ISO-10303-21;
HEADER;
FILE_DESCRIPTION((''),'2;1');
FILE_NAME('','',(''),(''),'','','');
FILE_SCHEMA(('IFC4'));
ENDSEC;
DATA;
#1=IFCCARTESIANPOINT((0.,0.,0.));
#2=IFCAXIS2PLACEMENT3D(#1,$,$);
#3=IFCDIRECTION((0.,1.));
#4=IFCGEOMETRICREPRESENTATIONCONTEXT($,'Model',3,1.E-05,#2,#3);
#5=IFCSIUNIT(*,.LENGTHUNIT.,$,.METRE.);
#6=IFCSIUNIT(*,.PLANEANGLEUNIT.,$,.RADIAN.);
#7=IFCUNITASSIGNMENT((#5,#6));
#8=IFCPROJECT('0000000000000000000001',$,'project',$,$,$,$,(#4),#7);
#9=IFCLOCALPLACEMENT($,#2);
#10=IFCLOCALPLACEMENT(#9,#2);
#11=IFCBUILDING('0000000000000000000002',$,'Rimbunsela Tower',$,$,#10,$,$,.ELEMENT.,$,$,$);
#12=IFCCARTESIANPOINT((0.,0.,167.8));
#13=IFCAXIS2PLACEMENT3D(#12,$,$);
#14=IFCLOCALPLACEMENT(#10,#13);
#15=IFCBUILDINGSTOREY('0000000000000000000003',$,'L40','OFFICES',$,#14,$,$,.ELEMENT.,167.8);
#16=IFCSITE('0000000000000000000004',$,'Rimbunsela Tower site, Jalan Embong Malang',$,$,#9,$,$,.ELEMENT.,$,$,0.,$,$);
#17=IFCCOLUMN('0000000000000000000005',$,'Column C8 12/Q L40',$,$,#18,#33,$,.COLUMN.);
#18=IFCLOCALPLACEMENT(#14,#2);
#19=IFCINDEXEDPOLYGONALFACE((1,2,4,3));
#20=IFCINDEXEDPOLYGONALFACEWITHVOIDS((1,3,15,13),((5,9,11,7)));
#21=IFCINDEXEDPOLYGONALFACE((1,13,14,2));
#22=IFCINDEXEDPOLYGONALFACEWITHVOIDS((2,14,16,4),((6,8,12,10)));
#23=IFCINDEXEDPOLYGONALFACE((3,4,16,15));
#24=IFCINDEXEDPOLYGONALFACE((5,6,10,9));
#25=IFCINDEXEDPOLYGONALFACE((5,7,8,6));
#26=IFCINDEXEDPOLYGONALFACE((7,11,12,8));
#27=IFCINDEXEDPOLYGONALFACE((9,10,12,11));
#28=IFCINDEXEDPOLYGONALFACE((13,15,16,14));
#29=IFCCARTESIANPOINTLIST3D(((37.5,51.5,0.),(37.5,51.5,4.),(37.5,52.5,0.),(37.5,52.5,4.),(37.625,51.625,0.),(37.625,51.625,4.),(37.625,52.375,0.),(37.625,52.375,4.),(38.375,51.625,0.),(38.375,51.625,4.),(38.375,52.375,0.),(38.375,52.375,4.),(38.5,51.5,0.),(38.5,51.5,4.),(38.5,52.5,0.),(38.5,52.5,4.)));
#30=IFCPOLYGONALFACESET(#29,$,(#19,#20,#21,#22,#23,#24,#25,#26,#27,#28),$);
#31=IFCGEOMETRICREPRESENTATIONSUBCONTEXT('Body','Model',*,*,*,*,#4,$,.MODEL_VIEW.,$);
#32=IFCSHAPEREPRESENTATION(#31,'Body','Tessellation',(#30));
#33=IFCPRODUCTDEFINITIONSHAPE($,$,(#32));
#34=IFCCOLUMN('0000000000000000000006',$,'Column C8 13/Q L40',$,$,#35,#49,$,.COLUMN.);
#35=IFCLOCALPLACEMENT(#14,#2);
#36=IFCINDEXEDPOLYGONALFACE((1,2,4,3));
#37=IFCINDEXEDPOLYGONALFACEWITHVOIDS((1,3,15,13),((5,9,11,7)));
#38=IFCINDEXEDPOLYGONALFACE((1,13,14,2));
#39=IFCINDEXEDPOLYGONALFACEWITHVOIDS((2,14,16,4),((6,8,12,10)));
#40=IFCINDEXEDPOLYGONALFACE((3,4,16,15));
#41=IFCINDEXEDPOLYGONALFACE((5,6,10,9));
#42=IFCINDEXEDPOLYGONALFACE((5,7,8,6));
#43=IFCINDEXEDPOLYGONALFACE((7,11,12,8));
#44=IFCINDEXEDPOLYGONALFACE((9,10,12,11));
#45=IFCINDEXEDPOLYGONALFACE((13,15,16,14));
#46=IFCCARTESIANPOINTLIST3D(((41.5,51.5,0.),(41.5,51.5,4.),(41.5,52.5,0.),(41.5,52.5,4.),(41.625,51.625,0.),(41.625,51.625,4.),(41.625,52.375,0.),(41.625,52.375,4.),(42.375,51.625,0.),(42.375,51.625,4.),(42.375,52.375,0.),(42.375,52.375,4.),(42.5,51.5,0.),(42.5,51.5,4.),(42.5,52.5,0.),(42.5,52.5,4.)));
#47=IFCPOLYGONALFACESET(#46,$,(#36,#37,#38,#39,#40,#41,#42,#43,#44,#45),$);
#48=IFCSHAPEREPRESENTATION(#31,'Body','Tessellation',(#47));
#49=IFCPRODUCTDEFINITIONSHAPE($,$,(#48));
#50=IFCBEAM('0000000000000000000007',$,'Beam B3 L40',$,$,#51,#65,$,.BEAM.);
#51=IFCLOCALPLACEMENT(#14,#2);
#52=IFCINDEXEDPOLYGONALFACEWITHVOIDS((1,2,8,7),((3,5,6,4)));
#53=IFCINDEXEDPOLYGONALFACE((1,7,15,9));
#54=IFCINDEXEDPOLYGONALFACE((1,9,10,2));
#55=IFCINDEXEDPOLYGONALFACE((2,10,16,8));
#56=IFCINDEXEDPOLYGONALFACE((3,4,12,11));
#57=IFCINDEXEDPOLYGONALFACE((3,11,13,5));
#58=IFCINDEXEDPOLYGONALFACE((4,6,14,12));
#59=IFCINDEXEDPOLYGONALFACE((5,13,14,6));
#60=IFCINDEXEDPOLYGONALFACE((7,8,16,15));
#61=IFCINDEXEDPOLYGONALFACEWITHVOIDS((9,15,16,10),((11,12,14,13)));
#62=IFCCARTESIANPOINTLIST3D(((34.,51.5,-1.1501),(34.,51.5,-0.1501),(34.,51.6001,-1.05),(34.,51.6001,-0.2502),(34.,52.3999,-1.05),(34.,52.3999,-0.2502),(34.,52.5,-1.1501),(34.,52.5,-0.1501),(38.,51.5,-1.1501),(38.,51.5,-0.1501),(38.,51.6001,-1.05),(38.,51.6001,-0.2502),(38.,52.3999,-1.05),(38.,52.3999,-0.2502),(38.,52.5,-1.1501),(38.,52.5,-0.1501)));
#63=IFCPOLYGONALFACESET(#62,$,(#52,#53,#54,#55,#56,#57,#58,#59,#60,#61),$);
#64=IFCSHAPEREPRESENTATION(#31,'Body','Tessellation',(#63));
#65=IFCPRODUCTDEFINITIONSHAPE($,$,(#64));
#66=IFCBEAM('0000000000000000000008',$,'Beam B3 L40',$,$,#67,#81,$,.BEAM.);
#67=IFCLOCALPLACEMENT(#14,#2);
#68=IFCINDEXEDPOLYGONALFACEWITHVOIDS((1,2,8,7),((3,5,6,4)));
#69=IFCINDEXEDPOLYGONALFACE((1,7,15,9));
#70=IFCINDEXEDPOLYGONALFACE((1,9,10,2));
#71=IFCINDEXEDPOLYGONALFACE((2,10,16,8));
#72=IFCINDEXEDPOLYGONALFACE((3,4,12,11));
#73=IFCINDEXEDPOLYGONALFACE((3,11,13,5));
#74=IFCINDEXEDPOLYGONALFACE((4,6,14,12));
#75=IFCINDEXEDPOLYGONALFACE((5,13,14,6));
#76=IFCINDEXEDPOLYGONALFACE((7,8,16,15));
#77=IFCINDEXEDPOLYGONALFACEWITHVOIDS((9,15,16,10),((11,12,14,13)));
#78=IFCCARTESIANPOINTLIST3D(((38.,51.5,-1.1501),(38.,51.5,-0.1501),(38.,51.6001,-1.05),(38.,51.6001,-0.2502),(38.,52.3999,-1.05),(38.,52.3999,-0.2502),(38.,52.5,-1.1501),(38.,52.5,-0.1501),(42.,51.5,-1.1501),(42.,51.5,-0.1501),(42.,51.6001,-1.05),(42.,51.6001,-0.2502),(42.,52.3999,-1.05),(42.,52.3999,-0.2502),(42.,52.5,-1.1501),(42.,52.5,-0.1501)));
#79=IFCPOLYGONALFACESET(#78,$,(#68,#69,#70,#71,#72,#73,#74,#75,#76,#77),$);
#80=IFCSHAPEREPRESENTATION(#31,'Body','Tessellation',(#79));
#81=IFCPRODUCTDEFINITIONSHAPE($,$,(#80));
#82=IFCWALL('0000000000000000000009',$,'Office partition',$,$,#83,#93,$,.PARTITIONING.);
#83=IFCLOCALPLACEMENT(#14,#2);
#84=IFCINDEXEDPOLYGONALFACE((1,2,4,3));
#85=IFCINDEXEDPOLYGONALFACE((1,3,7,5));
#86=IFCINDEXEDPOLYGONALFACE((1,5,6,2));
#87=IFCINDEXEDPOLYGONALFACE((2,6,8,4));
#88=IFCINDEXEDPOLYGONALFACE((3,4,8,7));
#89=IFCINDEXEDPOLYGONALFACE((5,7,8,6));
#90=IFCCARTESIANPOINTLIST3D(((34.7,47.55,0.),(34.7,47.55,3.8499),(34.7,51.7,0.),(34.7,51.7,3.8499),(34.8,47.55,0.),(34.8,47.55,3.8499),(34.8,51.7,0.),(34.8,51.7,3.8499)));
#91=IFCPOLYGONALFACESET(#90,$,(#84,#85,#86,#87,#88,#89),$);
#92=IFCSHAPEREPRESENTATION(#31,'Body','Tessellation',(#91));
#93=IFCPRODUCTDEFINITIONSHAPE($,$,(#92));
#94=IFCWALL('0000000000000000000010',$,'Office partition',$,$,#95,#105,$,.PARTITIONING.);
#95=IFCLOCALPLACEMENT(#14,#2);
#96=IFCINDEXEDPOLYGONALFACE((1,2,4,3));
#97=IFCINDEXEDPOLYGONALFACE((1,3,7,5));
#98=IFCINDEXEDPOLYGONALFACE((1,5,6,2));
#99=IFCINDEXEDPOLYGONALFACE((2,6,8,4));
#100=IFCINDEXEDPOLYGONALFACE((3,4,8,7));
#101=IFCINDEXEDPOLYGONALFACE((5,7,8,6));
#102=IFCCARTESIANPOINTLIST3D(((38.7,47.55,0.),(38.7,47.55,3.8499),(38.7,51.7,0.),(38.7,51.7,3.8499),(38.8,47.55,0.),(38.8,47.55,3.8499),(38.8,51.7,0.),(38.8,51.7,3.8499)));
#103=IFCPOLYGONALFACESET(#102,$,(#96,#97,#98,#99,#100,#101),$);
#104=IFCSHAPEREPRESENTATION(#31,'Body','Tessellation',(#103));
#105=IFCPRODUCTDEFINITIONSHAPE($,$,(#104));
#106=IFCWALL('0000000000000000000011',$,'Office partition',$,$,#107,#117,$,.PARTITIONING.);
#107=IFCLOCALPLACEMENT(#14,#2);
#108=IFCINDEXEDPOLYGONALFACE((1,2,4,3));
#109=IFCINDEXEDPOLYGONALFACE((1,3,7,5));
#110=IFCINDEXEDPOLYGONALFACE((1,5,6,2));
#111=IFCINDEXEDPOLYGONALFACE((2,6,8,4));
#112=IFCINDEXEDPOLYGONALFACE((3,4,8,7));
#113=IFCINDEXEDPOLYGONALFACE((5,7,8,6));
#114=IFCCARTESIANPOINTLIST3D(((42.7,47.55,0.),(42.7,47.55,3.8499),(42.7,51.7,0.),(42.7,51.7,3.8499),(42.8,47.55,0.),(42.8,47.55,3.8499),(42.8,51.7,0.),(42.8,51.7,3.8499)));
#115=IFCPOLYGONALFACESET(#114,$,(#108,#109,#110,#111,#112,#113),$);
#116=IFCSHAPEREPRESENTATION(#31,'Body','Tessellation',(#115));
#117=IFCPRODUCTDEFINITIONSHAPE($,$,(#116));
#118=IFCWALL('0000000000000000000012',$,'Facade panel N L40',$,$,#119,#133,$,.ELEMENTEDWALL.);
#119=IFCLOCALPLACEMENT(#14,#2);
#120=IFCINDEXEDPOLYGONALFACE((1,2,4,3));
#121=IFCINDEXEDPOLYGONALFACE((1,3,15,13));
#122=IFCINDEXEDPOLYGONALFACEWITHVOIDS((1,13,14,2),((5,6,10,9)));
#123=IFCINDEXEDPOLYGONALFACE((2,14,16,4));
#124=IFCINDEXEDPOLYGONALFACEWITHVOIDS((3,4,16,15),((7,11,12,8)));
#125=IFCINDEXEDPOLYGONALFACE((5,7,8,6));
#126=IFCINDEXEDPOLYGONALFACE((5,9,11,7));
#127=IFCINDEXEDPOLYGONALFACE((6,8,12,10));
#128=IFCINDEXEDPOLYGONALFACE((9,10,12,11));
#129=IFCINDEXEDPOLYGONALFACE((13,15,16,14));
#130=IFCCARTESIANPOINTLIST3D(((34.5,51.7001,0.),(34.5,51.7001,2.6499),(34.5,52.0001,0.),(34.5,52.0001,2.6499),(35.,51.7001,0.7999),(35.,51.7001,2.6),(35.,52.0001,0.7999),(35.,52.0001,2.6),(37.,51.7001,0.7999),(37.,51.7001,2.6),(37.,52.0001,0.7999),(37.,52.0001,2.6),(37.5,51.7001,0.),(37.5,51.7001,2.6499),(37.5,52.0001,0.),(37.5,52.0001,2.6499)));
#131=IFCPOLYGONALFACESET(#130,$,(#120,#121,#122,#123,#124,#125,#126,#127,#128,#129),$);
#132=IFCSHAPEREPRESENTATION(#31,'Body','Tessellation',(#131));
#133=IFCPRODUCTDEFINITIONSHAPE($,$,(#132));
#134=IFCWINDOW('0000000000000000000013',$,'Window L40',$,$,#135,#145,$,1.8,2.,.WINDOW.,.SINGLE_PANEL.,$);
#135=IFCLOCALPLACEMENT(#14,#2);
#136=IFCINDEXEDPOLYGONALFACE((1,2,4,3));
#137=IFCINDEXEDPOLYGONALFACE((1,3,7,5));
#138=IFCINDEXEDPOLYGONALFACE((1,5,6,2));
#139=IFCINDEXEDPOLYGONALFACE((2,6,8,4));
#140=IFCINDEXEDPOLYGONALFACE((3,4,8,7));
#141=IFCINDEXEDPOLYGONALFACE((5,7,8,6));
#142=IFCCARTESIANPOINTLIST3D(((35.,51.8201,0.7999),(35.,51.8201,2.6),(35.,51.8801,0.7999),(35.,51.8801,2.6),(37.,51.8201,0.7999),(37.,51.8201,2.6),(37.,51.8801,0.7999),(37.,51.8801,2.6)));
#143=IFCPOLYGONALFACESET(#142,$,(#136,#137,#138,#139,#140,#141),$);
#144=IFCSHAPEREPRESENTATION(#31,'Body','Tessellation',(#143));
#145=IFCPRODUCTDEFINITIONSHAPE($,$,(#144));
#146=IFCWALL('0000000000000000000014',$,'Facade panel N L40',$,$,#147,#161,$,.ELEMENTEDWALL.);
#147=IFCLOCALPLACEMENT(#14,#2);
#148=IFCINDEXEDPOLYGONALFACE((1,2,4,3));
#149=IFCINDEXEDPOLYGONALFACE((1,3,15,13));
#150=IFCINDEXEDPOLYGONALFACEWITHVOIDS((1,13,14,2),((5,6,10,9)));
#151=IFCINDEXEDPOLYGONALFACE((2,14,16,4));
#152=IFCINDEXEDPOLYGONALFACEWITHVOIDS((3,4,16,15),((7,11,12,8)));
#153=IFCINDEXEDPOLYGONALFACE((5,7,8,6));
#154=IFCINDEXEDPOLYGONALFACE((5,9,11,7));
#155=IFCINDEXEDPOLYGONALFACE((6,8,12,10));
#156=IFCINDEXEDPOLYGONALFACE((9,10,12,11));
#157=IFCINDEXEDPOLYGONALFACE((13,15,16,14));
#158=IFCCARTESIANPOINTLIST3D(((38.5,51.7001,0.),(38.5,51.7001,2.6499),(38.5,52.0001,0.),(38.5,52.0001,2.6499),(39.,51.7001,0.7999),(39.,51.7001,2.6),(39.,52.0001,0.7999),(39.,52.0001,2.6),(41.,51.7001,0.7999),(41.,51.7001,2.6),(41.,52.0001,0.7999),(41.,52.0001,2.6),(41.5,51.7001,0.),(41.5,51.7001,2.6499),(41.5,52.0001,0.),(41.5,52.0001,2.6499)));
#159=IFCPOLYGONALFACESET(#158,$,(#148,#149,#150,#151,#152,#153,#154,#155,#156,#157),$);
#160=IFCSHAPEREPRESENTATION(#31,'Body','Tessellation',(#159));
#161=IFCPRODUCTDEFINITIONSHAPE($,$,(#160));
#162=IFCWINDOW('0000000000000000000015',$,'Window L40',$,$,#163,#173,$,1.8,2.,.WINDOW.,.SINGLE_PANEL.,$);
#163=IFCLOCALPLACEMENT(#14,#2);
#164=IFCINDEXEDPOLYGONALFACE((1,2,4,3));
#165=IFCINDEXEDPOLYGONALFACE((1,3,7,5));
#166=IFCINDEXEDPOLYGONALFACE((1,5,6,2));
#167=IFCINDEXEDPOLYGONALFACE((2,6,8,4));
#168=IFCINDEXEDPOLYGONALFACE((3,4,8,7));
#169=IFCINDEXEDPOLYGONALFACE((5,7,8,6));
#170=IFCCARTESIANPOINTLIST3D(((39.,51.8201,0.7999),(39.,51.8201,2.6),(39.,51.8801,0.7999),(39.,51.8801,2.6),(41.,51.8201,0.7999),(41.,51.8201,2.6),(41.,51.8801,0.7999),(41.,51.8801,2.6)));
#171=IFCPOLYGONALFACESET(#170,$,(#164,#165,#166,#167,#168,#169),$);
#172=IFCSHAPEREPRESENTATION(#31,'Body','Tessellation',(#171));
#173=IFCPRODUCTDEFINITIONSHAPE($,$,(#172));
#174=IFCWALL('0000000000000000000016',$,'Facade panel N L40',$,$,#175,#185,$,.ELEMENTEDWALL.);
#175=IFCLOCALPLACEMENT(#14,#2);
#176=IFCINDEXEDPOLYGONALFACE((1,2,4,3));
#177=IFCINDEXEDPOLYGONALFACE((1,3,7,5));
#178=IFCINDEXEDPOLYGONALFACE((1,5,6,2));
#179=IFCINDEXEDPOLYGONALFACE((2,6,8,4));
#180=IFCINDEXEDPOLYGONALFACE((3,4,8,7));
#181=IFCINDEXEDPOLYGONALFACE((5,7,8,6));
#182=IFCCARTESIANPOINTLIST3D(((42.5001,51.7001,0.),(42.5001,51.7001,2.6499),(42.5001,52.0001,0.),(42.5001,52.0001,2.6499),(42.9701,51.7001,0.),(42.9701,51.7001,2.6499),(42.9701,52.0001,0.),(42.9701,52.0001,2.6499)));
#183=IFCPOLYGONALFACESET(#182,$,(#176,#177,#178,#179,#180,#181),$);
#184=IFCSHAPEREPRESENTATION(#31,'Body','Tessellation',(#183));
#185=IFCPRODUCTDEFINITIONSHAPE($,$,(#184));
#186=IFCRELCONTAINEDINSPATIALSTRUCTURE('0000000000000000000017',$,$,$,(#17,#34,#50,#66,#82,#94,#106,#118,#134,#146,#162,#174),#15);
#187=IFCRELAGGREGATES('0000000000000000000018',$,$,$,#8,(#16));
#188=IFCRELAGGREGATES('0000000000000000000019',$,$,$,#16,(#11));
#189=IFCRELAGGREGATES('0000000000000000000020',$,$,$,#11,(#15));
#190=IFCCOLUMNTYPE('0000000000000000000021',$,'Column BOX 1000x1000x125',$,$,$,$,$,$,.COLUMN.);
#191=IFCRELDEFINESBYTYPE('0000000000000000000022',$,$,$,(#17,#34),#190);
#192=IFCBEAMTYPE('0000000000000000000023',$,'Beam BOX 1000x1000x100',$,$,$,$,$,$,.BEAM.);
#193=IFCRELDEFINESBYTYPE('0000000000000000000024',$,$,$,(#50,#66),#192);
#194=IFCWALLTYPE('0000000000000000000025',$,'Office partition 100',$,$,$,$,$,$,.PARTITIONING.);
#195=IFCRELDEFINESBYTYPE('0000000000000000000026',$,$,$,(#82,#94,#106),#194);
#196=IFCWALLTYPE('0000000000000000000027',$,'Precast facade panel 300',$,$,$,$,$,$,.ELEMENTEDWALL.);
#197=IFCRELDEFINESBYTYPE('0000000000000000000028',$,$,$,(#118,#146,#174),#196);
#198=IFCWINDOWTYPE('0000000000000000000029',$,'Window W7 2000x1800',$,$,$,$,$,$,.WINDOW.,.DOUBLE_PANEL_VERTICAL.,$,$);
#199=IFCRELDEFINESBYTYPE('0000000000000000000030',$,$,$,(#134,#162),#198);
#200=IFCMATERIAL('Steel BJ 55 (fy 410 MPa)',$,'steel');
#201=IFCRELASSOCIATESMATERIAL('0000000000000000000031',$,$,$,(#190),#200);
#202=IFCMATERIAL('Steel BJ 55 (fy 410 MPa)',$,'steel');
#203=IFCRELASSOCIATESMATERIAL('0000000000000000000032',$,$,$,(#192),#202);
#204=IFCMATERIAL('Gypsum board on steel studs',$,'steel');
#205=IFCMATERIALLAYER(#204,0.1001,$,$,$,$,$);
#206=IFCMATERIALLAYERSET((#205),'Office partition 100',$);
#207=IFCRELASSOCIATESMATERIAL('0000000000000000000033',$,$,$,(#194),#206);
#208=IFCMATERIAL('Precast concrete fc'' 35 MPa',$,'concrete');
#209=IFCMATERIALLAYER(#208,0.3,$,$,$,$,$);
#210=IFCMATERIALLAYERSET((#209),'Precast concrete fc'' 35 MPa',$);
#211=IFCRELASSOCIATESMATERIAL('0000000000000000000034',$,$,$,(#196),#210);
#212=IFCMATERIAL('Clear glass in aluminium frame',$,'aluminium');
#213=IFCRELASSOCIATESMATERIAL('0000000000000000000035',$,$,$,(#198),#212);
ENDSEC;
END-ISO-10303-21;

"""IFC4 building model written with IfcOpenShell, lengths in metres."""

from ifc_helpers import new_model, si_unit, direction, frame, frame_2d, origin, origin_2d, place, context, subcontext, project, spatial, rectangle, hollow_rectangle, extrude, material, layer, layer_set, material_profile, profile_set, type_object, element, fill, save


model = new_model("IFC4")

# Units and contexts
model_context = context("Model", 3, precision=1e-05, world=origin(), true_north=direction((0.0, 1.0)))
body_context = subcontext(model_context, "Body", "Model", "MODEL_VIEW")
ifc_project = project(units=[si_unit("LENGTHUNIT", "METRE"), si_unit("PLANEANGLEUNIT", "RADIAN")], contexts=[model_context])

# Site, building, storey
site_placement = place(None, origin())
site = spatial("IfcSite", under=ifc_project, at=site_placement, Name="Rimbunsela Tower site, Jalan Embong Malang", CompositionType="ELEMENT", RefElevation=0.0)
building_placement = place(site_placement, origin())
building = spatial("IfcBuilding", under=site, at=building_placement, Name="Rimbunsela Tower", CompositionType="ELEMENT")
storey_placement = place(building_placement, frame((0.0, 0.0, 167.8)))
storey = spatial("IfcBuildingStorey", under=building, at=storey_placement, Name="L40", Description="OFFICES", CompositionType="ELEMENT", Elevation=167.8)

# Columns
ifc_material_1 = material(Name="Steel BJ 55 (fy 410 MPa)", Category="steel")
ifc_material_profile_1 = material_profile(ifc_material_1, hollow_rectangle(XDim=1.0, YDim=1.0, WallThickness=0.125, at=origin_2d()), Name="BOX 1000x1000x125")
ifc_profile_set_1 = profile_set([ifc_material_profile_1], Name="Steel BJ 55 (fy 410 MPa)")
column_type = type_object("IfcColumnType", Name="Column BOX 1000x1000x125", PredefinedType="COLUMN", material=ifc_profile_set_1)
for number, where, z_axis, x_axis, name in (
    (1, (38.0, 52.0, 0.0), (0.0, 0.0, 1.0), (1.0, 0.0, 0.0), "Column C8 12/Q L40"),
    (2, (42.0, 52.0, 0.0), (0.0, 0.0, 1.0), (1.0, 0.0, 0.0), "Column C8 13/Q L40"),
):
    element("IfcColumn", number, at=place(storey_placement, frame(where, z_axis=z_axis, x_axis=x_axis)), inside=storey, type_object=column_type, Name=name, PredefinedType="COLUMN", context=body_context, shape_type="SweptSolid", body=[
        extrude(hollow_rectangle(XDim=1.0, YDim=1.0, WallThickness=0.125, at=origin_2d()), origin(), (0.0, 0.0, 1.0), 4.0),
    ])

# Beams
ifc_material_2 = material(Name="Steel BJ 55 (fy 410 MPa)", Category="steel")
ifc_material_profile_2 = material_profile(ifc_material_2, hollow_rectangle(XDim=1.0, YDim=1.0, WallThickness=0.1001, at=origin_2d()), Name="BOX 1000x1000x100")
ifc_profile_set_2 = profile_set([ifc_material_profile_2], Name="Steel BJ 55 (fy 410 MPa)")
beam_type = type_object("IfcBeamType", Name="Beam BOX 1000x1000x100", PredefinedType="BEAM", material=ifc_profile_set_2)
for number, where, z_axis, x_axis, name in (
    (3, (34.0, 52.0, -0.6501), (1.0, 0.0, 0.0), (0.0, 1.0, 0.0), "Beam B3 L40"),
    (4, (38.0, 52.0, -0.6501), (1.0, 0.0, 0.0), (0.0, 1.0, 0.0), "Beam B3 L40"),
):
    element("IfcBeam", number, at=place(storey_placement, frame(where, z_axis=z_axis, x_axis=x_axis)), inside=storey, type_object=beam_type, Name=name, PredefinedType="BEAM", context=body_context, shape_type="SweptSolid", body=[
        extrude(hollow_rectangle(XDim=1.0, YDim=1.0, WallThickness=0.1001, at=origin_2d()), origin(), (0.0, 0.0, 1.0), 4.0),
    ])

# Walls
ifc_material_3 = material(Name="Gypsum board on steel studs", Category="steel")
ifc_layer_1 = layer(ifc_material_3, 0.1001)
ifc_layer_set_1 = layer_set([ifc_layer_1], Name="Office partition 100")
wall_type_1 = type_object("IfcWallType", Name="Office partition 100", PredefinedType="PARTITIONING", material=ifc_layer_set_1)
for number, where, z_axis, x_axis, name in (
    (5, (34.75, 47.55, 0.0), (0.0, 0.0, 1.0), (0.0, 1.0, 0.0), "Office partition"),
    (6, (38.75, 47.55, 0.0), (0.0, 0.0, 1.0), (0.0, 1.0, 0.0), "Office partition"),
    (7, (42.75, 47.55, 0.0), (0.0, 0.0, 1.0), (0.0, 1.0, 0.0), "Office partition"),
):
    element("IfcWall", number, at=place(storey_placement, frame(where, z_axis=z_axis, x_axis=x_axis)), inside=storey, type_object=wall_type_1, Name=name, PredefinedType="PARTITIONING", context=body_context, shape_type="SweptSolid", body=[
        extrude(rectangle(XDim=4.1499, YDim=0.1001, at=frame_2d((2.075, 0.0))), origin(), (0.0, 0.0, 1.0), 3.8499),
    ])

# Walls, openings, windows
ifc_material_4 = material(Name="Precast concrete fc' 35 MPa", Category="concrete")
ifc_layer_2 = layer(ifc_material_4, 0.3)
ifc_layer_set_2 = layer_set([ifc_layer_2], Name="Precast concrete fc' 35 MPa")
wall_type_2 = type_object("IfcWallType", Name="Precast facade panel 300", PredefinedType="ELEMENTEDWALL", material=ifc_layer_set_2)
wall_1_placement = place(storey_placement, frame((37.5, 51.8501, 0.0), z_axis=(0.0, 0.0, 1.0), x_axis=(-1.0, 0.0, 0.0)))
wall_1 = element("IfcWall", 8, at=wall_1_placement, inside=storey, type_object=wall_type_2, Name="Facade panel N L40", PredefinedType="ELEMENTEDWALL", context=body_context, shape_type="SweptSolid", body=[
    extrude(rectangle(XDim=3.0, YDim=0.3, at=frame_2d((1.5, 0.0))), origin(), (0.0, 0.0, 1.0), 2.6499),
])
opening_1_placement = place(wall_1_placement, frame((0.5, 0.0, 0.8)))
opening_1 = element("IfcOpeningElement", 9, at=opening_1_placement, cuts=wall_1, PredefinedType="OPENING", context=body_context, shape_type="SweptSolid", body=[
    extrude(rectangle(XDim=2.0, YDim=1.8, at=frame_2d((1.0, 0.8999))), frame((0.0, 0.1599, 0.0), z_axis=(0.0, -1.0, 0.0), x_axis=(1.0, 0.0, 0.0)), (0.0, 0.0, 1.0), 0.3201),
])
ifc_material_5 = material(Name="Clear glass in aluminium frame", Category="aluminium")
window_type = type_object("IfcWindowType", Name="Window W7 2000x1800", PartitioningType="DOUBLE_PANEL_VERTICAL", PredefinedType="WINDOW", material=ifc_material_5)
window_1_placement = place(opening_1_placement, origin())
window_1 = element("IfcWindow", 10, at=window_1_placement, inside=storey, type_object=window_type, Name="Window L40", OverallHeight=1.8, OverallWidth=2.0, PartitioningType="SINGLE_PANEL", PredefinedType="WINDOW", context=body_context, shape_type="SweptSolid", body=[
    extrude(rectangle(XDim=2.0, YDim=1.8, at=frame_2d((1.0, 0.8999))), frame((0.0, 0.03, 0.0), z_axis=(0.0, -1.0, 0.0), x_axis=(1.0, 0.0, 0.0)), (0.0, 0.0, 1.0), 0.0601),
])
fill(opening_1, window_1)
wall_2_placement = place(storey_placement, frame((41.5, 51.8501, 0.0), z_axis=(0.0, 0.0, 1.0), x_axis=(-1.0, 0.0, 0.0)))
wall_2 = element("IfcWall", 11, at=wall_2_placement, inside=storey, type_object=wall_type_2, Name="Facade panel N L40", PredefinedType="ELEMENTEDWALL", context=body_context, shape_type="SweptSolid", body=[
    extrude(rectangle(XDim=3.0, YDim=0.3, at=frame_2d((1.5, 0.0))), origin(), (0.0, 0.0, 1.0), 2.6499),
])
opening_2_placement = place(wall_2_placement, frame((0.5, 0.0, 0.8)))
opening_2 = element("IfcOpeningElement", 12, at=opening_2_placement, cuts=wall_2, PredefinedType="OPENING", context=body_context, shape_type="SweptSolid", body=[
    extrude(rectangle(XDim=2.0, YDim=1.8, at=frame_2d((1.0, 0.8999))), frame((0.0, 0.1599, 0.0), z_axis=(0.0, -1.0, 0.0), x_axis=(1.0, 0.0, 0.0)), (0.0, 0.0, 1.0), 0.3201),
])
window_2_placement = place(opening_2_placement, origin())
window_2 = element("IfcWindow", 13, at=window_2_placement, inside=storey, type_object=window_type, Name="Window L40", OverallHeight=1.8, OverallWidth=2.0, PartitioningType="SINGLE_PANEL", PredefinedType="WINDOW", context=body_context, shape_type="SweptSolid", body=[
    extrude(rectangle(XDim=2.0, YDim=1.8, at=frame_2d((1.0, 0.8999))), frame((0.0, 0.03, 0.0), z_axis=(0.0, -1.0, 0.0), x_axis=(1.0, 0.0, 0.0)), (0.0, 0.0, 1.0), 0.0601),
])
fill(opening_2, window_2)

# Wall
wall_3_placement = place(storey_placement, frame((42.97, 51.8501, 0.0), z_axis=(0.0, 0.0, 1.0), x_axis=(-1.0, 0.0, 0.0)))
element("IfcWall", 14, at=wall_3_placement, inside=storey, type_object=wall_type_2, Name="Facade panel N L40", PredefinedType="ELEMENTEDWALL", context=body_context, shape_type="SweptSolid", body=[
    extrude(rectangle(XDim=0.47, YDim=0.3, at=frame_2d((0.2349, 0.0))), origin(), (0.0, 0.0, 1.0), 2.6499),
])

save(model, "model.ifc")
